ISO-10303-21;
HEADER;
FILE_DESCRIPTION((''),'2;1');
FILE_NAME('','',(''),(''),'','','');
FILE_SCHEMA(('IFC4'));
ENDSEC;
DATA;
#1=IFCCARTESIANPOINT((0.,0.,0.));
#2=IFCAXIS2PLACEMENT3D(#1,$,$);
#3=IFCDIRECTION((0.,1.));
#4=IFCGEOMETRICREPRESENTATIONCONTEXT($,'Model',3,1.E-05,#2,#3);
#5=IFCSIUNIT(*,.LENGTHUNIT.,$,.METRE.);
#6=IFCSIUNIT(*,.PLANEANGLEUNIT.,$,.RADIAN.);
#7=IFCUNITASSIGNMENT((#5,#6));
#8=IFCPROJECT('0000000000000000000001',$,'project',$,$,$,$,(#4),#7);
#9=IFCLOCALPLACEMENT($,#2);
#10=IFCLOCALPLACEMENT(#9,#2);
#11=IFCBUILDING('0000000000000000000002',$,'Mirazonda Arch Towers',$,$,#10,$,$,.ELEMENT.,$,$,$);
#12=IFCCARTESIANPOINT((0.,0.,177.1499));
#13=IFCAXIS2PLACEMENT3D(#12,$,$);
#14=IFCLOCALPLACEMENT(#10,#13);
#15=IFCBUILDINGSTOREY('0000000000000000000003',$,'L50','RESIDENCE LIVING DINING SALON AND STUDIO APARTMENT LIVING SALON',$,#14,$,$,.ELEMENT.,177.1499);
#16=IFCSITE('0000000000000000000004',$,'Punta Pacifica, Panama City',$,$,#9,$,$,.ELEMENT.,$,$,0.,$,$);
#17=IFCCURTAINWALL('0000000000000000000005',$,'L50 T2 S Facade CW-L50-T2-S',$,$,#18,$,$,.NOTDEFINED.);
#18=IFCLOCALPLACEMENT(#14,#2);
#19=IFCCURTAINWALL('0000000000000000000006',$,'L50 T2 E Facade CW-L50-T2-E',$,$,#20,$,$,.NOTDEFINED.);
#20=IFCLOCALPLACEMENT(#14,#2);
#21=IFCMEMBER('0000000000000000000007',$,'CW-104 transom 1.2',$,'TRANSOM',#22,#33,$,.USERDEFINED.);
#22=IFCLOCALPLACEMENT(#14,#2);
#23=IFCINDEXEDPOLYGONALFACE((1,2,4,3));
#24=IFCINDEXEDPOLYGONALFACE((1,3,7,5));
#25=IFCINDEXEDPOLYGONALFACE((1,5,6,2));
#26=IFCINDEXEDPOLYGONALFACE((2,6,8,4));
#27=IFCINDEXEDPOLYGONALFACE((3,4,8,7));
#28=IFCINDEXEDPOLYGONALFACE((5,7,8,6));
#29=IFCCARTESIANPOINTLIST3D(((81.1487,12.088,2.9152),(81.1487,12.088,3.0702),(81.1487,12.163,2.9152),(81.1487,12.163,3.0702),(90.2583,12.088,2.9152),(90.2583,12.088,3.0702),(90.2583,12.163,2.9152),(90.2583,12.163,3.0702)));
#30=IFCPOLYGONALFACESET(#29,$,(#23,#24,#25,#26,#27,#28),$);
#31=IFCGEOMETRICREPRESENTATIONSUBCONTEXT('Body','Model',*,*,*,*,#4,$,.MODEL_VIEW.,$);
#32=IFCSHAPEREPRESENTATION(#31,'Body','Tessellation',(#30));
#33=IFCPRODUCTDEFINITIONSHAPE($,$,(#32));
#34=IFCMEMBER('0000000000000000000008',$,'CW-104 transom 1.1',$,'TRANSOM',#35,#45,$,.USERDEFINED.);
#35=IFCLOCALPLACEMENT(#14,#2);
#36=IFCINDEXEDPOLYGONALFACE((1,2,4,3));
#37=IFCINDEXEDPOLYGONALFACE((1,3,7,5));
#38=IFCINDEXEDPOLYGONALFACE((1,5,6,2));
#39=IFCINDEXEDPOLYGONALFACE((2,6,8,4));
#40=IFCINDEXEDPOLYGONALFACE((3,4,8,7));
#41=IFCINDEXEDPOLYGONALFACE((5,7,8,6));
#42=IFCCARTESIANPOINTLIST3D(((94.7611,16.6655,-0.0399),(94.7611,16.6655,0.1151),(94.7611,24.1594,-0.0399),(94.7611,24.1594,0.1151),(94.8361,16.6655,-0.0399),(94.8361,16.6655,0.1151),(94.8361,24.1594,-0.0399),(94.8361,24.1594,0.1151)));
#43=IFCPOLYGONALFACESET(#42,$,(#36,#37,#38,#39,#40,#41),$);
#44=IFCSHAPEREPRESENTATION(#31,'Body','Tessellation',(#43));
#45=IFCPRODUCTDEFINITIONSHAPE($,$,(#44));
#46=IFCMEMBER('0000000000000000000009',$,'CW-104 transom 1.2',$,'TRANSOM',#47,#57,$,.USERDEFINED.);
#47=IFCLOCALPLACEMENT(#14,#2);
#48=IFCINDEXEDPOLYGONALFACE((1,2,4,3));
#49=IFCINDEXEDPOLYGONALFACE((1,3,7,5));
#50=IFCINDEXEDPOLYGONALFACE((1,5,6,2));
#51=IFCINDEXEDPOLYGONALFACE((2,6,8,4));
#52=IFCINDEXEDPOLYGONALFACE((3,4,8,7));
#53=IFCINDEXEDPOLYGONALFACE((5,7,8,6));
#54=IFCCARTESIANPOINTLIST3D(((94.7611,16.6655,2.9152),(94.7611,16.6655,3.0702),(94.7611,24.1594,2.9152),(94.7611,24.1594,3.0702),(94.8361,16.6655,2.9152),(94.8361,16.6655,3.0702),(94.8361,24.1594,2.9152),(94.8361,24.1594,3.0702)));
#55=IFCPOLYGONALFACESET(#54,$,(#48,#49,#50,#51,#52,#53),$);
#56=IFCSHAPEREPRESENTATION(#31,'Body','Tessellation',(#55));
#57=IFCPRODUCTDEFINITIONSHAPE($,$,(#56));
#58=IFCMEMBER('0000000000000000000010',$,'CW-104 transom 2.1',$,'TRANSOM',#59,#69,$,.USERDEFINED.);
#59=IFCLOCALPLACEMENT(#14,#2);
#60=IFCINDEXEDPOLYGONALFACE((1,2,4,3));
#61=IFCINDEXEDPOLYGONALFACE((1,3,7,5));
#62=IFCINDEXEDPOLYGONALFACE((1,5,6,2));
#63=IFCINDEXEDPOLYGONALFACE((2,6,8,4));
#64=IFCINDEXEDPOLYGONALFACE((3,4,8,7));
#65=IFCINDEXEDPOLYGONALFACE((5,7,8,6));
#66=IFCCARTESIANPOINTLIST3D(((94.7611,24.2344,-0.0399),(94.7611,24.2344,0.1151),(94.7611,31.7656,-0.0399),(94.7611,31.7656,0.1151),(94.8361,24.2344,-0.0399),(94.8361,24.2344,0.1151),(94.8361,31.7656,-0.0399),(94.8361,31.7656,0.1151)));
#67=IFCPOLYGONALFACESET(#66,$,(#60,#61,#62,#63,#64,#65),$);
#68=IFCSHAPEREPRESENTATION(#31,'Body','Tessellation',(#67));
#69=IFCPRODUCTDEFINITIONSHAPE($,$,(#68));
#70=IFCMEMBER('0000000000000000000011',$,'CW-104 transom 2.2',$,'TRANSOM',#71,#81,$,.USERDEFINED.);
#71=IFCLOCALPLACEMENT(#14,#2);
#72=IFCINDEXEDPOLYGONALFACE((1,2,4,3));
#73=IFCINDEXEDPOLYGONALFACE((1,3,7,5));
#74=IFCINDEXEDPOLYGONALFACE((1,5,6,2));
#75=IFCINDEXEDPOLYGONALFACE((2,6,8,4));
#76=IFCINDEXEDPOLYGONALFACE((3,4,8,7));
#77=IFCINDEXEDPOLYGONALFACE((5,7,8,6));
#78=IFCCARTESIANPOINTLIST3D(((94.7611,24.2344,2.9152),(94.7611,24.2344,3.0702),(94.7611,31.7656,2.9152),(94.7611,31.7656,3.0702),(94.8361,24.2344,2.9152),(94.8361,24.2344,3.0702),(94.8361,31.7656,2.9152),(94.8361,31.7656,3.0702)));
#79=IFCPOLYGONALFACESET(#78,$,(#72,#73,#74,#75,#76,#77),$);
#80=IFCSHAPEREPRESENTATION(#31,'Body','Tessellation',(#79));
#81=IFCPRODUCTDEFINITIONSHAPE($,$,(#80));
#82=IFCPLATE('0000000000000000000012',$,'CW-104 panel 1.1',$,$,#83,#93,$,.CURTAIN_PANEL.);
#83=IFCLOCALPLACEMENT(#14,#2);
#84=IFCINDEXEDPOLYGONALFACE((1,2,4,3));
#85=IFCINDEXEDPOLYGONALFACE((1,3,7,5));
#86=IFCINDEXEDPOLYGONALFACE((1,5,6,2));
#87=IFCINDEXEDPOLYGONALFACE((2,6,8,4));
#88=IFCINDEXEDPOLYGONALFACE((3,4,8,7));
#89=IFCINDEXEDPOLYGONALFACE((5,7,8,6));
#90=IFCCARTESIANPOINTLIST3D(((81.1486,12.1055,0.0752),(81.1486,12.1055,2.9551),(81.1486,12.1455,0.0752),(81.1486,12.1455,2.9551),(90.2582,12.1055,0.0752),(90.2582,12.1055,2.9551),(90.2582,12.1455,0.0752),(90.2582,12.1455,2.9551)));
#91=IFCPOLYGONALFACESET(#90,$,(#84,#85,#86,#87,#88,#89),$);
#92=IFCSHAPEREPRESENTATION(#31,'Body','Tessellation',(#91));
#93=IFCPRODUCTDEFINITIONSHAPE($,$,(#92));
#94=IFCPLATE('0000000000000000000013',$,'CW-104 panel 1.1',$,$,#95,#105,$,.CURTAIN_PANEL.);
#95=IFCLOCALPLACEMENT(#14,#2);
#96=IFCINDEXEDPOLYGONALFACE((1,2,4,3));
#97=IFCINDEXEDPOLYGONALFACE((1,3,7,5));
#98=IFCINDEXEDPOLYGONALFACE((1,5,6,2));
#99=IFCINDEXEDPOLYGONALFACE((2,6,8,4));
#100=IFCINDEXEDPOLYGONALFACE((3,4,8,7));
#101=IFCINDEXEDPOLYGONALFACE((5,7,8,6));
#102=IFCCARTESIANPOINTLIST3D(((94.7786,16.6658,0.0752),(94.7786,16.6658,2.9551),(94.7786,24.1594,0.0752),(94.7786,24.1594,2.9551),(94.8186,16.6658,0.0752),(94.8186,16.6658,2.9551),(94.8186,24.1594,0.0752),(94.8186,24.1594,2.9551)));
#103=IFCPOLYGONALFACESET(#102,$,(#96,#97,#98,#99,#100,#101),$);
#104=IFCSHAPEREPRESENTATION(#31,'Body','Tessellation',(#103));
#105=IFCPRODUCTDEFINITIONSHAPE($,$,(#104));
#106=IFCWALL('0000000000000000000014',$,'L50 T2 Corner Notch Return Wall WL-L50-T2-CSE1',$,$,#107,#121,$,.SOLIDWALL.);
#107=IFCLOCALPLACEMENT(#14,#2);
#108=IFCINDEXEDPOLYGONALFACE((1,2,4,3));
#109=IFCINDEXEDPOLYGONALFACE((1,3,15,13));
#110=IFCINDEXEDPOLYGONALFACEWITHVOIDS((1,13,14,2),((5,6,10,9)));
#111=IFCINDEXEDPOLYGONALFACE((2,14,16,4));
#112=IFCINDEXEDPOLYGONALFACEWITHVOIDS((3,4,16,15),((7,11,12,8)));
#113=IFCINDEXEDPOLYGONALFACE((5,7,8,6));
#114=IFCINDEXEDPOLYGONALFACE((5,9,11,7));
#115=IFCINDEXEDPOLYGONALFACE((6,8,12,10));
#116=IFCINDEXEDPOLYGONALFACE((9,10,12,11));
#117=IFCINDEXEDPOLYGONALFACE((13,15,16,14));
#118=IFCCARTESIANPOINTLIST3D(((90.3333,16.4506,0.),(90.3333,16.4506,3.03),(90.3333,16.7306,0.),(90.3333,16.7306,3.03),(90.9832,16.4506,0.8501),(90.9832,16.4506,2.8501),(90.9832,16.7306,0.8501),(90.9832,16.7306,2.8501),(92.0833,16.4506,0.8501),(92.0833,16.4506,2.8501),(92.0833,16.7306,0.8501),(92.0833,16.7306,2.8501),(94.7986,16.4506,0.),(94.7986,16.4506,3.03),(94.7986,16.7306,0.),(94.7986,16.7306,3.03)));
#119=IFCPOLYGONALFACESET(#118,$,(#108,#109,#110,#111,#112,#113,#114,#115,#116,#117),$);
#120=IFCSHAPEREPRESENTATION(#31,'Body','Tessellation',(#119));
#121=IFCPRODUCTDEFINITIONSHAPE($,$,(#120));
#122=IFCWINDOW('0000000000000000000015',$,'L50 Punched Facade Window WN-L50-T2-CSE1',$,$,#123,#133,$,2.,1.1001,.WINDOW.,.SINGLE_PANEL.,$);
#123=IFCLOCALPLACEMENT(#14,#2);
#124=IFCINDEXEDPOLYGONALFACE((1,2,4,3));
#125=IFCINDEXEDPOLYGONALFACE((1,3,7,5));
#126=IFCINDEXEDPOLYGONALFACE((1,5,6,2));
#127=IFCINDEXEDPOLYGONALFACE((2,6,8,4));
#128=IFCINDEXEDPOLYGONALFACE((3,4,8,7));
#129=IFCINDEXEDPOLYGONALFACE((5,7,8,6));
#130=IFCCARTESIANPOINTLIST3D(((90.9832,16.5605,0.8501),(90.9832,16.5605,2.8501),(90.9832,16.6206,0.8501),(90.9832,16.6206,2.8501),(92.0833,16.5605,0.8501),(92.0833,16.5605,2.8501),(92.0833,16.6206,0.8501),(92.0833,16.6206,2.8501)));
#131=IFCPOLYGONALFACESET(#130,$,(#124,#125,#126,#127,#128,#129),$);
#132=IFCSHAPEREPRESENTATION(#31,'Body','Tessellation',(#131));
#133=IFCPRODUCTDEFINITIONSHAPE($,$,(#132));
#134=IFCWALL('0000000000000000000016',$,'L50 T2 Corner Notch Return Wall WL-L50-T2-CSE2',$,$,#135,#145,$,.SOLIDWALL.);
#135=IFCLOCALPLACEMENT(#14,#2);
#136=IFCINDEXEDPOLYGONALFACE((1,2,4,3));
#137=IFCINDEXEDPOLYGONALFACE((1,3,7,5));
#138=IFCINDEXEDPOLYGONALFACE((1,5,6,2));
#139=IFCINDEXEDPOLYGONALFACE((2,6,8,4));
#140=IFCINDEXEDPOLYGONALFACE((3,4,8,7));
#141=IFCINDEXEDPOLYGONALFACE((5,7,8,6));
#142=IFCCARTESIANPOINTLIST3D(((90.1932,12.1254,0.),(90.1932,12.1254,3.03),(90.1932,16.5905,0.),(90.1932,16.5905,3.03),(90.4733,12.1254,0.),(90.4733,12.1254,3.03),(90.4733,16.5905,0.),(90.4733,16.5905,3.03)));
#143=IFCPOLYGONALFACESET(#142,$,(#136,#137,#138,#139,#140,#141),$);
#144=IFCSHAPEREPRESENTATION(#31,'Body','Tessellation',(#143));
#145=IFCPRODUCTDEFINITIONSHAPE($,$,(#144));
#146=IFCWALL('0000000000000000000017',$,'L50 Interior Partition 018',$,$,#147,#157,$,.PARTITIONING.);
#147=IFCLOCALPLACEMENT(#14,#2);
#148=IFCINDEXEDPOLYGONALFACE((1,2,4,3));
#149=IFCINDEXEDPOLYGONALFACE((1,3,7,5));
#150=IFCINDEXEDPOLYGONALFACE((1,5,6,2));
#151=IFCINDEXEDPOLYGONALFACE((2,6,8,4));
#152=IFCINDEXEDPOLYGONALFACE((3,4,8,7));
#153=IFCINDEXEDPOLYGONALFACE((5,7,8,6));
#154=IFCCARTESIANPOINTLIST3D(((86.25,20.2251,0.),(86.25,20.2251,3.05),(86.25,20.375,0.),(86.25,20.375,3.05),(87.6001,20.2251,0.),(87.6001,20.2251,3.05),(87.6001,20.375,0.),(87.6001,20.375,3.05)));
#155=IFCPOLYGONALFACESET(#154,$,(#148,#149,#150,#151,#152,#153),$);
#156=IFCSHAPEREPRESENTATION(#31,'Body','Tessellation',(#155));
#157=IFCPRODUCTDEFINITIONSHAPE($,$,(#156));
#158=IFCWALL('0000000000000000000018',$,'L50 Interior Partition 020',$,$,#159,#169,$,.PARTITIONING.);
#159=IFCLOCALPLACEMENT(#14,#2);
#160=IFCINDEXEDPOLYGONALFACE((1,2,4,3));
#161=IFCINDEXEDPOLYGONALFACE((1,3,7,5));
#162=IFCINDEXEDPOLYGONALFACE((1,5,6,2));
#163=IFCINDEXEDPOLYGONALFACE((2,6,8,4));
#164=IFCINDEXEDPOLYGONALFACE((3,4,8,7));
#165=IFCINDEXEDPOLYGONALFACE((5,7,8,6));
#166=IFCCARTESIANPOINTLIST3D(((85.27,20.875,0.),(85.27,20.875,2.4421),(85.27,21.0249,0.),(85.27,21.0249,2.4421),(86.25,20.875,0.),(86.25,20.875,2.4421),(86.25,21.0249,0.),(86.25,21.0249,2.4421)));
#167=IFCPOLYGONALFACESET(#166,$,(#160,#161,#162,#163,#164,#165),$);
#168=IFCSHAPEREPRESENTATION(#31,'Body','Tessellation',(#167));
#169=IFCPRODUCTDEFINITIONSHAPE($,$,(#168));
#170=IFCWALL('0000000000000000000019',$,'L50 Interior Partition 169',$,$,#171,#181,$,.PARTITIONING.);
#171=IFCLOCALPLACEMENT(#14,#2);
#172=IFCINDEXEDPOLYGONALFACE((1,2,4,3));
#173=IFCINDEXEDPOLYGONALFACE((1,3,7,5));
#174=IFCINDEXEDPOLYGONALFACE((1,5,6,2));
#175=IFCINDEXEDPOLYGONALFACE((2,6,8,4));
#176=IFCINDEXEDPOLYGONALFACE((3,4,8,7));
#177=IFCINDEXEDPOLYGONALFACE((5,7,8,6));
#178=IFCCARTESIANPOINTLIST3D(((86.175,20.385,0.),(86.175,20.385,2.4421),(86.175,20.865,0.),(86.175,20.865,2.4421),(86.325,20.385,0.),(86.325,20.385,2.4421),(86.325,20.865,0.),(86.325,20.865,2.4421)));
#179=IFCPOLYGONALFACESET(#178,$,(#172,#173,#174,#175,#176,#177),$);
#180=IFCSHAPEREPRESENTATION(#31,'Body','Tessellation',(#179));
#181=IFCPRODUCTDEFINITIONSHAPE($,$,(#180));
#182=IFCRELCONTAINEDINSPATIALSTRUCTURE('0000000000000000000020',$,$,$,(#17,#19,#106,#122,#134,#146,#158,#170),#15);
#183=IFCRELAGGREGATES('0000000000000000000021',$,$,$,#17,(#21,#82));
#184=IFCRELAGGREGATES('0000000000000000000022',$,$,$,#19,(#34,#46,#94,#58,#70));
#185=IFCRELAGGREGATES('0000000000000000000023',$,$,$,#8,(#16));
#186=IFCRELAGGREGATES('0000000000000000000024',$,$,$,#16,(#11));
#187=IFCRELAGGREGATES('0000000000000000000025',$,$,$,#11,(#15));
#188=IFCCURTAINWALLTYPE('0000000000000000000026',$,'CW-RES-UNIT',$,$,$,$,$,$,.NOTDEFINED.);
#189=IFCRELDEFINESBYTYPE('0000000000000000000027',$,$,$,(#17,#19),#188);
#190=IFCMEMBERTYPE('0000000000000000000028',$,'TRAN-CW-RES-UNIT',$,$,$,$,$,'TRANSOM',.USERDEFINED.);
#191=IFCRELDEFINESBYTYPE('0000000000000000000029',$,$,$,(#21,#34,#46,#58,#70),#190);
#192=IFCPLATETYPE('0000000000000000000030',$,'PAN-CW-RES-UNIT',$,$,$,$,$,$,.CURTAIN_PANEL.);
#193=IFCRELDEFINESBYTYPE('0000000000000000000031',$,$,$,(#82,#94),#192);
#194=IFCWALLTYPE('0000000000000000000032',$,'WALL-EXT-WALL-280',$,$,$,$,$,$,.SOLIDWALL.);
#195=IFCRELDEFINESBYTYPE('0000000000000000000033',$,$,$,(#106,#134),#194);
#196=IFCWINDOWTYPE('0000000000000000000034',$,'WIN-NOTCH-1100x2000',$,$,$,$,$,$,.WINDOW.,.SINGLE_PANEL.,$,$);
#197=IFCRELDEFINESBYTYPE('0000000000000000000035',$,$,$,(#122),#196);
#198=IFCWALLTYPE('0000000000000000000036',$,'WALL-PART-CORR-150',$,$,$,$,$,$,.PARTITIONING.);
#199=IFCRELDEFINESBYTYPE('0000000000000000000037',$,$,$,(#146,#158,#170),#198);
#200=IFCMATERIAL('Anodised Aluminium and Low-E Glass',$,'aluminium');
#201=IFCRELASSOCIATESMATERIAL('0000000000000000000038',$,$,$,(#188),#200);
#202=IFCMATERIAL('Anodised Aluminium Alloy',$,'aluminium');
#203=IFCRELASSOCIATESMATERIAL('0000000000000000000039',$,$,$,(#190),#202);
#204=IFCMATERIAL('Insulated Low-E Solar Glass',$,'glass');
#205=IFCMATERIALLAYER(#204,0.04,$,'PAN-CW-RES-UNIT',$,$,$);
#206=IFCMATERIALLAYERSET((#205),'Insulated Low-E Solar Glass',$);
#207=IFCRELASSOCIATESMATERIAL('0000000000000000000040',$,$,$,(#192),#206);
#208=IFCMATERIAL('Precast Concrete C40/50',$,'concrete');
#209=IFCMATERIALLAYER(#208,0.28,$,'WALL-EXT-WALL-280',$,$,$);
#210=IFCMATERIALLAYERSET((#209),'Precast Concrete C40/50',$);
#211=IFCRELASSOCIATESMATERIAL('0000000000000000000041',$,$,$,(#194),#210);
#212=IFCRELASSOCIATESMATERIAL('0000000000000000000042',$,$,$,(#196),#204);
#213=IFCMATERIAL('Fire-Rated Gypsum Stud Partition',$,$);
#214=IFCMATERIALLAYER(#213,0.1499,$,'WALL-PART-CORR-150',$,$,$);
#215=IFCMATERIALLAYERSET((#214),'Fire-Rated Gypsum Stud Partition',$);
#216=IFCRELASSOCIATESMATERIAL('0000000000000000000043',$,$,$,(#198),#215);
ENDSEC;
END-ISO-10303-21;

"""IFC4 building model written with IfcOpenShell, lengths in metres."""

from ifc_helpers import new_model, si_unit, direction, frame, frame_2d, origin, origin_2d, place, context, subcontext, project, spatial, rectangle, extrude, material, layer, layer_set, material_profile, profile_set, type_object, element, fill, aggregate, save


model = new_model("IFC4")

# Units and contexts
model_context = context("Model", 3, precision=1e-05, world=origin(), true_north=direction((0.0, 1.0)))
body_context = subcontext(model_context, "Body", "Model", "MODEL_VIEW")
ifc_project = project(units=[si_unit("LENGTHUNIT", "METRE"), si_unit("PLANEANGLEUNIT", "RADIAN")], contexts=[model_context])

# Site, building, storey
site_placement = place(None, origin())
site = spatial("IfcSite", under=ifc_project, at=site_placement, Name="Punta Pacifica, Panama City", CompositionType="ELEMENT", RefElevation=0.0)
building_placement = place(site_placement, origin())
building = spatial("IfcBuilding", under=site, at=building_placement, Name="Mirazonda Arch Towers", CompositionType="ELEMENT")
storey_placement = place(building_placement, frame((0.0, 0.0, 177.1499)))
storey = spatial("IfcBuildingStorey", under=building, at=storey_placement, Name="L50", Description="RESIDENCE LIVING DINING SALON AND STUDIO APARTMENT LIVING SALON", CompositionType="ELEMENT", Elevation=177.1499)

# Curtain wall
ifc_material_1 = material(Name="Anodised Aluminium and Low-E Glass", Category="aluminium")
curtain_wall_type = type_object("IfcCurtainWallType", Name="CW-RES-UNIT", PredefinedType="NOTDEFINED", material=ifc_material_1)
curtain_wall_1_placement = place(storey_placement, origin())
curtain_wall_1 = element("IfcCurtainWall", 1, at=curtain_wall_1_placement, inside=storey, type_object=curtain_wall_type, Name="L50 T2 S Facade CW-L50-T2-S", PredefinedType="NOTDEFINED")
ifc_material_2 = material(Name="Anodised Aluminium Alloy", Category="aluminium")

# Curtain wall
curtain_wall_2_placement = place(storey_placement, origin())
curtain_wall_2 = element("IfcCurtainWall", 2, at=curtain_wall_2_placement, inside=storey, type_object=curtain_wall_type, Name="L50 T2 E Facade CW-L50-T2-E", PredefinedType="NOTDEFINED")

# Members
ifc_material_profile_1 = material_profile(ifc_material_2, rectangle(XDim=0.075, YDim=0.155, at=origin_2d()), Name="ALU-TRAN-75x155")
ifc_profile_set_1 = profile_set([ifc_material_profile_1], Name="Anodised Aluminium Alloy")
member_type_1 = type_object("IfcMemberType", Name="TRAN-CW-RES-UNIT", ElementType="TRANSOM", PredefinedType="USERDEFINED", material=ifc_profile_set_1)
member_1_placement = place(storey_placement, frame((90.2583, 12.1255, 2.9927), z_axis=(-1.0, 0.0, 0.0), x_axis=(0.0, -1.0, 0.0)))
member_1 = element("IfcMember", 3, at=member_1_placement, type_object=member_type_1, Name="CW-104 transom 1.2", ObjectType="TRANSOM", PredefinedType="USERDEFINED", context=body_context, shape_type="SweptSolid", body=[
    extrude(rectangle(XDim=0.075, YDim=0.155, at=origin_2d()), origin(), (0.0, 0.0, 1.0), 9.1096),
])
member_2_placement = place(storey_placement, frame((94.7986, 16.6655, 0.0376), z_axis=(0.0, 1.0, 0.0), x_axis=(-1.0, 0.0, 0.0)))
member_2 = element("IfcMember", 4, at=member_2_placement, type_object=member_type_1, Name="CW-104 transom 1.1", ObjectType="TRANSOM", PredefinedType="USERDEFINED", context=body_context, shape_type="SweptSolid", body=[
    extrude(rectangle(XDim=0.075, YDim=0.155, at=origin_2d()), origin(), (0.0, 0.0, 1.0), 7.4939),
])
member_3_placement = place(storey_placement, frame((94.7986, 16.6655, 2.9927), z_axis=(0.0, 1.0, 0.0), x_axis=(-1.0, 0.0, 0.0)))
member_3 = element("IfcMember", 5, at=member_3_placement, type_object=member_type_1, Name="CW-104 transom 1.2", ObjectType="TRANSOM", PredefinedType="USERDEFINED", context=body_context, shape_type="SweptSolid", body=[
    extrude(rectangle(XDim=0.075, YDim=0.155, at=origin_2d()), origin(), (0.0, 0.0, 1.0), 7.4939),
])
member_4_placement = place(storey_placement, frame((94.7986, 24.2344, 0.0376), z_axis=(0.0, 1.0, 0.0), x_axis=(-1.0, 0.0, 0.0)))
member_4 = element("IfcMember", 6, at=member_4_placement, type_object=member_type_1, Name="CW-104 transom 2.1", ObjectType="TRANSOM", PredefinedType="USERDEFINED", context=body_context, shape_type="SweptSolid", body=[
    extrude(rectangle(XDim=0.075, YDim=0.155, at=origin_2d()), origin(), (0.0, 0.0, 1.0), 7.5312),
])
member_5_placement = place(storey_placement, frame((94.7986, 24.2344, 2.9927), z_axis=(0.0, 1.0, 0.0), x_axis=(-1.0, 0.0, 0.0)))
member_5 = element("IfcMember", 7, at=member_5_placement, type_object=member_type_1, Name="CW-104 transom 2.2", ObjectType="TRANSOM", PredefinedType="USERDEFINED", context=body_context, shape_type="SweptSolid", body=[
    extrude(rectangle(XDim=0.075, YDim=0.155, at=origin_2d()), origin(), (0.0, 0.0, 1.0), 7.5312),
])

# Plates
ifc_material_3 = material(Name="Insulated Low-E Solar Glass", Category="glass")
ifc_layer_1 = layer(ifc_material_3, 0.04, Name="PAN-CW-RES-UNIT")
ifc_layer_set_1 = layer_set([ifc_layer_1], Name="Insulated Low-E Solar Glass")
plate_type = type_object("IfcPlateType", Name="PAN-CW-RES-UNIT", PredefinedType="CURTAIN_PANEL", material=ifc_layer_set_1)
plate_1_placement = place(storey_placement, frame((85.7034, 12.1255, 0.0752), z_axis=(0.0, 0.0, 1.0), x_axis=(-1.0, 0.0, 0.0)))
plate_1 = element("IfcPlate", 8, at=plate_1_placement, type_object=plate_type, Name="CW-104 panel 1.1", PredefinedType="CURTAIN_PANEL", context=body_context, shape_type="SweptSolid", body=[
    extrude(rectangle(XDim=9.1096, YDim=0.04, at=origin_2d()), origin(), (0.0, 0.0, 1.0), 2.8799),
])
aggregate(curtain_wall_1, [member_1, plate_1])
plate_2_placement = place(storey_placement, frame((94.7986, 20.4126, 0.0752), z_axis=(0.0, 0.0, 1.0), x_axis=(0.0, 1.0, 0.0)))
plate_2 = element("IfcPlate", 9, at=plate_2_placement, type_object=plate_type, Name="CW-104 panel 1.1", PredefinedType="CURTAIN_PANEL", context=body_context, shape_type="SweptSolid", body=[
    extrude(rectangle(XDim=7.4937, YDim=0.04, at=origin_2d()), origin(), (0.0, 0.0, 1.0), 2.8799),
])
aggregate(curtain_wall_2, [member_2, member_3, plate_2, member_4, member_5])

# Wall, opening, window
ifc_material_4 = material(Name="Precast Concrete C40/50", Category="concrete")
ifc_layer_2 = layer(ifc_material_4, 0.28, Name="WALL-EXT-WALL-280")
ifc_layer_set_2 = layer_set([ifc_layer_2], Name="Precast Concrete C40/50")
wall_type_1 = type_object("IfcWallType", Name="WALL-EXT-WALL-280", PredefinedType="SOLIDWALL", material=ifc_layer_set_2)
wall_1_placement = place(storey_placement, frame((90.3333, 16.5906, 0.0), z_axis=(0.0, 0.0, 1.0), x_axis=(1.0, 0.0, 0.0)))
wall_1 = element("IfcWall", 10, at=wall_1_placement, inside=storey, type_object=wall_type_1, Name="L50 T2 Corner Notch Return Wall WL-L50-T2-CSE1", PredefinedType="SOLIDWALL", context=body_context, shape_type="SweptSolid", body=[
    extrude(rectangle(XDim=4.4653, YDim=0.28, at=frame_2d((2.2327, 0.0))), origin(), (0.0, 0.0, 1.0), 3.03),
])
opening_1_placement = place(wall_1_placement, frame((0.6499, 0.0, 0.8501)))
opening_1 = element("IfcOpeningElement", 11, at=opening_1_placement, cuts=wall_1, PredefinedType="OPENING", context=body_context, shape_type="SweptSolid", body=[
    extrude(rectangle(XDim=1.1001, YDim=2.0, at=frame_2d((0.55, 1.0))), frame((0.0, 0.1499, 0.0), z_axis=(0.0, -1.0, 0.0), x_axis=(1.0, 0.0, 0.0)), (0.0, 0.0, 1.0), 0.3),
])
window_type = type_object("IfcWindowType", Name="WIN-NOTCH-1100x2000", PartitioningType="SINGLE_PANEL", PredefinedType="WINDOW", material=ifc_material_3)
window_placement = place(opening_1_placement, origin())
window = element("IfcWindow", 12, at=window_placement, inside=storey, type_object=window_type, Name="L50 Punched Facade Window WN-L50-T2-CSE1", OverallHeight=2.0, OverallWidth=1.1001, PartitioningType="SINGLE_PANEL", PredefinedType="WINDOW", context=body_context, shape_type="SweptSolid", body=[
    extrude(rectangle(XDim=1.1001, YDim=2.0, at=frame_2d((0.55, 1.0))), frame((0.0, 0.03, 0.0), z_axis=(0.0, -1.0, 0.0), x_axis=(1.0, 0.0, 0.0)), (0.0, 0.0, 1.0), 0.0601),
])
fill(opening_1, window)

# Walls
wall_2_placement = place(storey_placement, frame((90.3333, 12.1255, 0.0), z_axis=(0.0, 0.0, 1.0), x_axis=(0.0, 1.0, 0.0)))
element("IfcWall", 13, at=wall_2_placement, inside=storey, type_object=wall_type_1, Name="L50 T2 Corner Notch Return Wall WL-L50-T2-CSE2", PredefinedType="SOLIDWALL", context=body_context, shape_type="SweptSolid", body=[
    extrude(rectangle(XDim=4.4651, YDim=0.28, at=frame_2d((2.2324, 0.0))), origin(), (0.0, 0.0, 1.0), 3.03),
])
ifc_material_5 = material(Name="Fire-Rated Gypsum Stud Partition")
ifc_layer_3 = layer(ifc_material_5, 0.1499, Name="WALL-PART-CORR-150")
ifc_layer_set_3 = layer_set([ifc_layer_3], Name="Fire-Rated Gypsum Stud Partition")
wall_type_2 = type_object("IfcWallType", Name="WALL-PART-CORR-150", PredefinedType="PARTITIONING", material=ifc_layer_set_3)
wall_3_placement = place(storey_placement, frame((86.25, 20.3, 0.0), z_axis=(0.0, 0.0, 1.0), x_axis=(1.0, 0.0, 0.0)))
element("IfcWall", 14, at=wall_3_placement, inside=storey, type_object=wall_type_2, Name="L50 Interior Partition 018", PredefinedType="PARTITIONING", context=body_context, shape_type="SweptSolid", body=[
    extrude(rectangle(XDim=1.3501, YDim=0.1499, at=frame_2d((0.675, 0.0))), origin(), (0.0, 0.0, 1.0), 3.05),
])
wall_4_placement = place(storey_placement, frame((85.27, 20.95, 0.0), z_axis=(0.0, 0.0, 1.0), x_axis=(1.0, 0.0, 0.0)))
element("IfcWall", 15, at=wall_4_placement, inside=storey, type_object=wall_type_2, Name="L50 Interior Partition 020", PredefinedType="PARTITIONING", context=body_context, shape_type="SweptSolid", body=[
    extrude(rectangle(XDim=0.98, YDim=0.1499, at=frame_2d((0.49, 0.0))), origin(), (0.0, 0.0, 1.0), 2.4421),
])
wall_5_placement = place(storey_placement, frame((86.25, 20.385, 0.0), z_axis=(0.0, 0.0, 1.0), x_axis=(0.0, 1.0, 0.0)))
element("IfcWall", 16, at=wall_5_placement, inside=storey, type_object=wall_type_2, Name="L50 Interior Partition 169", PredefinedType="PARTITIONING", context=body_context, shape_type="SweptSolid", body=[
    extrude(rectangle(XDim=0.48, YDim=0.1499, at=frame_2d((0.24, 0.0))), origin(), (0.0, 0.0, 1.0), 2.4421),
])

save(model, "model.ifc")
